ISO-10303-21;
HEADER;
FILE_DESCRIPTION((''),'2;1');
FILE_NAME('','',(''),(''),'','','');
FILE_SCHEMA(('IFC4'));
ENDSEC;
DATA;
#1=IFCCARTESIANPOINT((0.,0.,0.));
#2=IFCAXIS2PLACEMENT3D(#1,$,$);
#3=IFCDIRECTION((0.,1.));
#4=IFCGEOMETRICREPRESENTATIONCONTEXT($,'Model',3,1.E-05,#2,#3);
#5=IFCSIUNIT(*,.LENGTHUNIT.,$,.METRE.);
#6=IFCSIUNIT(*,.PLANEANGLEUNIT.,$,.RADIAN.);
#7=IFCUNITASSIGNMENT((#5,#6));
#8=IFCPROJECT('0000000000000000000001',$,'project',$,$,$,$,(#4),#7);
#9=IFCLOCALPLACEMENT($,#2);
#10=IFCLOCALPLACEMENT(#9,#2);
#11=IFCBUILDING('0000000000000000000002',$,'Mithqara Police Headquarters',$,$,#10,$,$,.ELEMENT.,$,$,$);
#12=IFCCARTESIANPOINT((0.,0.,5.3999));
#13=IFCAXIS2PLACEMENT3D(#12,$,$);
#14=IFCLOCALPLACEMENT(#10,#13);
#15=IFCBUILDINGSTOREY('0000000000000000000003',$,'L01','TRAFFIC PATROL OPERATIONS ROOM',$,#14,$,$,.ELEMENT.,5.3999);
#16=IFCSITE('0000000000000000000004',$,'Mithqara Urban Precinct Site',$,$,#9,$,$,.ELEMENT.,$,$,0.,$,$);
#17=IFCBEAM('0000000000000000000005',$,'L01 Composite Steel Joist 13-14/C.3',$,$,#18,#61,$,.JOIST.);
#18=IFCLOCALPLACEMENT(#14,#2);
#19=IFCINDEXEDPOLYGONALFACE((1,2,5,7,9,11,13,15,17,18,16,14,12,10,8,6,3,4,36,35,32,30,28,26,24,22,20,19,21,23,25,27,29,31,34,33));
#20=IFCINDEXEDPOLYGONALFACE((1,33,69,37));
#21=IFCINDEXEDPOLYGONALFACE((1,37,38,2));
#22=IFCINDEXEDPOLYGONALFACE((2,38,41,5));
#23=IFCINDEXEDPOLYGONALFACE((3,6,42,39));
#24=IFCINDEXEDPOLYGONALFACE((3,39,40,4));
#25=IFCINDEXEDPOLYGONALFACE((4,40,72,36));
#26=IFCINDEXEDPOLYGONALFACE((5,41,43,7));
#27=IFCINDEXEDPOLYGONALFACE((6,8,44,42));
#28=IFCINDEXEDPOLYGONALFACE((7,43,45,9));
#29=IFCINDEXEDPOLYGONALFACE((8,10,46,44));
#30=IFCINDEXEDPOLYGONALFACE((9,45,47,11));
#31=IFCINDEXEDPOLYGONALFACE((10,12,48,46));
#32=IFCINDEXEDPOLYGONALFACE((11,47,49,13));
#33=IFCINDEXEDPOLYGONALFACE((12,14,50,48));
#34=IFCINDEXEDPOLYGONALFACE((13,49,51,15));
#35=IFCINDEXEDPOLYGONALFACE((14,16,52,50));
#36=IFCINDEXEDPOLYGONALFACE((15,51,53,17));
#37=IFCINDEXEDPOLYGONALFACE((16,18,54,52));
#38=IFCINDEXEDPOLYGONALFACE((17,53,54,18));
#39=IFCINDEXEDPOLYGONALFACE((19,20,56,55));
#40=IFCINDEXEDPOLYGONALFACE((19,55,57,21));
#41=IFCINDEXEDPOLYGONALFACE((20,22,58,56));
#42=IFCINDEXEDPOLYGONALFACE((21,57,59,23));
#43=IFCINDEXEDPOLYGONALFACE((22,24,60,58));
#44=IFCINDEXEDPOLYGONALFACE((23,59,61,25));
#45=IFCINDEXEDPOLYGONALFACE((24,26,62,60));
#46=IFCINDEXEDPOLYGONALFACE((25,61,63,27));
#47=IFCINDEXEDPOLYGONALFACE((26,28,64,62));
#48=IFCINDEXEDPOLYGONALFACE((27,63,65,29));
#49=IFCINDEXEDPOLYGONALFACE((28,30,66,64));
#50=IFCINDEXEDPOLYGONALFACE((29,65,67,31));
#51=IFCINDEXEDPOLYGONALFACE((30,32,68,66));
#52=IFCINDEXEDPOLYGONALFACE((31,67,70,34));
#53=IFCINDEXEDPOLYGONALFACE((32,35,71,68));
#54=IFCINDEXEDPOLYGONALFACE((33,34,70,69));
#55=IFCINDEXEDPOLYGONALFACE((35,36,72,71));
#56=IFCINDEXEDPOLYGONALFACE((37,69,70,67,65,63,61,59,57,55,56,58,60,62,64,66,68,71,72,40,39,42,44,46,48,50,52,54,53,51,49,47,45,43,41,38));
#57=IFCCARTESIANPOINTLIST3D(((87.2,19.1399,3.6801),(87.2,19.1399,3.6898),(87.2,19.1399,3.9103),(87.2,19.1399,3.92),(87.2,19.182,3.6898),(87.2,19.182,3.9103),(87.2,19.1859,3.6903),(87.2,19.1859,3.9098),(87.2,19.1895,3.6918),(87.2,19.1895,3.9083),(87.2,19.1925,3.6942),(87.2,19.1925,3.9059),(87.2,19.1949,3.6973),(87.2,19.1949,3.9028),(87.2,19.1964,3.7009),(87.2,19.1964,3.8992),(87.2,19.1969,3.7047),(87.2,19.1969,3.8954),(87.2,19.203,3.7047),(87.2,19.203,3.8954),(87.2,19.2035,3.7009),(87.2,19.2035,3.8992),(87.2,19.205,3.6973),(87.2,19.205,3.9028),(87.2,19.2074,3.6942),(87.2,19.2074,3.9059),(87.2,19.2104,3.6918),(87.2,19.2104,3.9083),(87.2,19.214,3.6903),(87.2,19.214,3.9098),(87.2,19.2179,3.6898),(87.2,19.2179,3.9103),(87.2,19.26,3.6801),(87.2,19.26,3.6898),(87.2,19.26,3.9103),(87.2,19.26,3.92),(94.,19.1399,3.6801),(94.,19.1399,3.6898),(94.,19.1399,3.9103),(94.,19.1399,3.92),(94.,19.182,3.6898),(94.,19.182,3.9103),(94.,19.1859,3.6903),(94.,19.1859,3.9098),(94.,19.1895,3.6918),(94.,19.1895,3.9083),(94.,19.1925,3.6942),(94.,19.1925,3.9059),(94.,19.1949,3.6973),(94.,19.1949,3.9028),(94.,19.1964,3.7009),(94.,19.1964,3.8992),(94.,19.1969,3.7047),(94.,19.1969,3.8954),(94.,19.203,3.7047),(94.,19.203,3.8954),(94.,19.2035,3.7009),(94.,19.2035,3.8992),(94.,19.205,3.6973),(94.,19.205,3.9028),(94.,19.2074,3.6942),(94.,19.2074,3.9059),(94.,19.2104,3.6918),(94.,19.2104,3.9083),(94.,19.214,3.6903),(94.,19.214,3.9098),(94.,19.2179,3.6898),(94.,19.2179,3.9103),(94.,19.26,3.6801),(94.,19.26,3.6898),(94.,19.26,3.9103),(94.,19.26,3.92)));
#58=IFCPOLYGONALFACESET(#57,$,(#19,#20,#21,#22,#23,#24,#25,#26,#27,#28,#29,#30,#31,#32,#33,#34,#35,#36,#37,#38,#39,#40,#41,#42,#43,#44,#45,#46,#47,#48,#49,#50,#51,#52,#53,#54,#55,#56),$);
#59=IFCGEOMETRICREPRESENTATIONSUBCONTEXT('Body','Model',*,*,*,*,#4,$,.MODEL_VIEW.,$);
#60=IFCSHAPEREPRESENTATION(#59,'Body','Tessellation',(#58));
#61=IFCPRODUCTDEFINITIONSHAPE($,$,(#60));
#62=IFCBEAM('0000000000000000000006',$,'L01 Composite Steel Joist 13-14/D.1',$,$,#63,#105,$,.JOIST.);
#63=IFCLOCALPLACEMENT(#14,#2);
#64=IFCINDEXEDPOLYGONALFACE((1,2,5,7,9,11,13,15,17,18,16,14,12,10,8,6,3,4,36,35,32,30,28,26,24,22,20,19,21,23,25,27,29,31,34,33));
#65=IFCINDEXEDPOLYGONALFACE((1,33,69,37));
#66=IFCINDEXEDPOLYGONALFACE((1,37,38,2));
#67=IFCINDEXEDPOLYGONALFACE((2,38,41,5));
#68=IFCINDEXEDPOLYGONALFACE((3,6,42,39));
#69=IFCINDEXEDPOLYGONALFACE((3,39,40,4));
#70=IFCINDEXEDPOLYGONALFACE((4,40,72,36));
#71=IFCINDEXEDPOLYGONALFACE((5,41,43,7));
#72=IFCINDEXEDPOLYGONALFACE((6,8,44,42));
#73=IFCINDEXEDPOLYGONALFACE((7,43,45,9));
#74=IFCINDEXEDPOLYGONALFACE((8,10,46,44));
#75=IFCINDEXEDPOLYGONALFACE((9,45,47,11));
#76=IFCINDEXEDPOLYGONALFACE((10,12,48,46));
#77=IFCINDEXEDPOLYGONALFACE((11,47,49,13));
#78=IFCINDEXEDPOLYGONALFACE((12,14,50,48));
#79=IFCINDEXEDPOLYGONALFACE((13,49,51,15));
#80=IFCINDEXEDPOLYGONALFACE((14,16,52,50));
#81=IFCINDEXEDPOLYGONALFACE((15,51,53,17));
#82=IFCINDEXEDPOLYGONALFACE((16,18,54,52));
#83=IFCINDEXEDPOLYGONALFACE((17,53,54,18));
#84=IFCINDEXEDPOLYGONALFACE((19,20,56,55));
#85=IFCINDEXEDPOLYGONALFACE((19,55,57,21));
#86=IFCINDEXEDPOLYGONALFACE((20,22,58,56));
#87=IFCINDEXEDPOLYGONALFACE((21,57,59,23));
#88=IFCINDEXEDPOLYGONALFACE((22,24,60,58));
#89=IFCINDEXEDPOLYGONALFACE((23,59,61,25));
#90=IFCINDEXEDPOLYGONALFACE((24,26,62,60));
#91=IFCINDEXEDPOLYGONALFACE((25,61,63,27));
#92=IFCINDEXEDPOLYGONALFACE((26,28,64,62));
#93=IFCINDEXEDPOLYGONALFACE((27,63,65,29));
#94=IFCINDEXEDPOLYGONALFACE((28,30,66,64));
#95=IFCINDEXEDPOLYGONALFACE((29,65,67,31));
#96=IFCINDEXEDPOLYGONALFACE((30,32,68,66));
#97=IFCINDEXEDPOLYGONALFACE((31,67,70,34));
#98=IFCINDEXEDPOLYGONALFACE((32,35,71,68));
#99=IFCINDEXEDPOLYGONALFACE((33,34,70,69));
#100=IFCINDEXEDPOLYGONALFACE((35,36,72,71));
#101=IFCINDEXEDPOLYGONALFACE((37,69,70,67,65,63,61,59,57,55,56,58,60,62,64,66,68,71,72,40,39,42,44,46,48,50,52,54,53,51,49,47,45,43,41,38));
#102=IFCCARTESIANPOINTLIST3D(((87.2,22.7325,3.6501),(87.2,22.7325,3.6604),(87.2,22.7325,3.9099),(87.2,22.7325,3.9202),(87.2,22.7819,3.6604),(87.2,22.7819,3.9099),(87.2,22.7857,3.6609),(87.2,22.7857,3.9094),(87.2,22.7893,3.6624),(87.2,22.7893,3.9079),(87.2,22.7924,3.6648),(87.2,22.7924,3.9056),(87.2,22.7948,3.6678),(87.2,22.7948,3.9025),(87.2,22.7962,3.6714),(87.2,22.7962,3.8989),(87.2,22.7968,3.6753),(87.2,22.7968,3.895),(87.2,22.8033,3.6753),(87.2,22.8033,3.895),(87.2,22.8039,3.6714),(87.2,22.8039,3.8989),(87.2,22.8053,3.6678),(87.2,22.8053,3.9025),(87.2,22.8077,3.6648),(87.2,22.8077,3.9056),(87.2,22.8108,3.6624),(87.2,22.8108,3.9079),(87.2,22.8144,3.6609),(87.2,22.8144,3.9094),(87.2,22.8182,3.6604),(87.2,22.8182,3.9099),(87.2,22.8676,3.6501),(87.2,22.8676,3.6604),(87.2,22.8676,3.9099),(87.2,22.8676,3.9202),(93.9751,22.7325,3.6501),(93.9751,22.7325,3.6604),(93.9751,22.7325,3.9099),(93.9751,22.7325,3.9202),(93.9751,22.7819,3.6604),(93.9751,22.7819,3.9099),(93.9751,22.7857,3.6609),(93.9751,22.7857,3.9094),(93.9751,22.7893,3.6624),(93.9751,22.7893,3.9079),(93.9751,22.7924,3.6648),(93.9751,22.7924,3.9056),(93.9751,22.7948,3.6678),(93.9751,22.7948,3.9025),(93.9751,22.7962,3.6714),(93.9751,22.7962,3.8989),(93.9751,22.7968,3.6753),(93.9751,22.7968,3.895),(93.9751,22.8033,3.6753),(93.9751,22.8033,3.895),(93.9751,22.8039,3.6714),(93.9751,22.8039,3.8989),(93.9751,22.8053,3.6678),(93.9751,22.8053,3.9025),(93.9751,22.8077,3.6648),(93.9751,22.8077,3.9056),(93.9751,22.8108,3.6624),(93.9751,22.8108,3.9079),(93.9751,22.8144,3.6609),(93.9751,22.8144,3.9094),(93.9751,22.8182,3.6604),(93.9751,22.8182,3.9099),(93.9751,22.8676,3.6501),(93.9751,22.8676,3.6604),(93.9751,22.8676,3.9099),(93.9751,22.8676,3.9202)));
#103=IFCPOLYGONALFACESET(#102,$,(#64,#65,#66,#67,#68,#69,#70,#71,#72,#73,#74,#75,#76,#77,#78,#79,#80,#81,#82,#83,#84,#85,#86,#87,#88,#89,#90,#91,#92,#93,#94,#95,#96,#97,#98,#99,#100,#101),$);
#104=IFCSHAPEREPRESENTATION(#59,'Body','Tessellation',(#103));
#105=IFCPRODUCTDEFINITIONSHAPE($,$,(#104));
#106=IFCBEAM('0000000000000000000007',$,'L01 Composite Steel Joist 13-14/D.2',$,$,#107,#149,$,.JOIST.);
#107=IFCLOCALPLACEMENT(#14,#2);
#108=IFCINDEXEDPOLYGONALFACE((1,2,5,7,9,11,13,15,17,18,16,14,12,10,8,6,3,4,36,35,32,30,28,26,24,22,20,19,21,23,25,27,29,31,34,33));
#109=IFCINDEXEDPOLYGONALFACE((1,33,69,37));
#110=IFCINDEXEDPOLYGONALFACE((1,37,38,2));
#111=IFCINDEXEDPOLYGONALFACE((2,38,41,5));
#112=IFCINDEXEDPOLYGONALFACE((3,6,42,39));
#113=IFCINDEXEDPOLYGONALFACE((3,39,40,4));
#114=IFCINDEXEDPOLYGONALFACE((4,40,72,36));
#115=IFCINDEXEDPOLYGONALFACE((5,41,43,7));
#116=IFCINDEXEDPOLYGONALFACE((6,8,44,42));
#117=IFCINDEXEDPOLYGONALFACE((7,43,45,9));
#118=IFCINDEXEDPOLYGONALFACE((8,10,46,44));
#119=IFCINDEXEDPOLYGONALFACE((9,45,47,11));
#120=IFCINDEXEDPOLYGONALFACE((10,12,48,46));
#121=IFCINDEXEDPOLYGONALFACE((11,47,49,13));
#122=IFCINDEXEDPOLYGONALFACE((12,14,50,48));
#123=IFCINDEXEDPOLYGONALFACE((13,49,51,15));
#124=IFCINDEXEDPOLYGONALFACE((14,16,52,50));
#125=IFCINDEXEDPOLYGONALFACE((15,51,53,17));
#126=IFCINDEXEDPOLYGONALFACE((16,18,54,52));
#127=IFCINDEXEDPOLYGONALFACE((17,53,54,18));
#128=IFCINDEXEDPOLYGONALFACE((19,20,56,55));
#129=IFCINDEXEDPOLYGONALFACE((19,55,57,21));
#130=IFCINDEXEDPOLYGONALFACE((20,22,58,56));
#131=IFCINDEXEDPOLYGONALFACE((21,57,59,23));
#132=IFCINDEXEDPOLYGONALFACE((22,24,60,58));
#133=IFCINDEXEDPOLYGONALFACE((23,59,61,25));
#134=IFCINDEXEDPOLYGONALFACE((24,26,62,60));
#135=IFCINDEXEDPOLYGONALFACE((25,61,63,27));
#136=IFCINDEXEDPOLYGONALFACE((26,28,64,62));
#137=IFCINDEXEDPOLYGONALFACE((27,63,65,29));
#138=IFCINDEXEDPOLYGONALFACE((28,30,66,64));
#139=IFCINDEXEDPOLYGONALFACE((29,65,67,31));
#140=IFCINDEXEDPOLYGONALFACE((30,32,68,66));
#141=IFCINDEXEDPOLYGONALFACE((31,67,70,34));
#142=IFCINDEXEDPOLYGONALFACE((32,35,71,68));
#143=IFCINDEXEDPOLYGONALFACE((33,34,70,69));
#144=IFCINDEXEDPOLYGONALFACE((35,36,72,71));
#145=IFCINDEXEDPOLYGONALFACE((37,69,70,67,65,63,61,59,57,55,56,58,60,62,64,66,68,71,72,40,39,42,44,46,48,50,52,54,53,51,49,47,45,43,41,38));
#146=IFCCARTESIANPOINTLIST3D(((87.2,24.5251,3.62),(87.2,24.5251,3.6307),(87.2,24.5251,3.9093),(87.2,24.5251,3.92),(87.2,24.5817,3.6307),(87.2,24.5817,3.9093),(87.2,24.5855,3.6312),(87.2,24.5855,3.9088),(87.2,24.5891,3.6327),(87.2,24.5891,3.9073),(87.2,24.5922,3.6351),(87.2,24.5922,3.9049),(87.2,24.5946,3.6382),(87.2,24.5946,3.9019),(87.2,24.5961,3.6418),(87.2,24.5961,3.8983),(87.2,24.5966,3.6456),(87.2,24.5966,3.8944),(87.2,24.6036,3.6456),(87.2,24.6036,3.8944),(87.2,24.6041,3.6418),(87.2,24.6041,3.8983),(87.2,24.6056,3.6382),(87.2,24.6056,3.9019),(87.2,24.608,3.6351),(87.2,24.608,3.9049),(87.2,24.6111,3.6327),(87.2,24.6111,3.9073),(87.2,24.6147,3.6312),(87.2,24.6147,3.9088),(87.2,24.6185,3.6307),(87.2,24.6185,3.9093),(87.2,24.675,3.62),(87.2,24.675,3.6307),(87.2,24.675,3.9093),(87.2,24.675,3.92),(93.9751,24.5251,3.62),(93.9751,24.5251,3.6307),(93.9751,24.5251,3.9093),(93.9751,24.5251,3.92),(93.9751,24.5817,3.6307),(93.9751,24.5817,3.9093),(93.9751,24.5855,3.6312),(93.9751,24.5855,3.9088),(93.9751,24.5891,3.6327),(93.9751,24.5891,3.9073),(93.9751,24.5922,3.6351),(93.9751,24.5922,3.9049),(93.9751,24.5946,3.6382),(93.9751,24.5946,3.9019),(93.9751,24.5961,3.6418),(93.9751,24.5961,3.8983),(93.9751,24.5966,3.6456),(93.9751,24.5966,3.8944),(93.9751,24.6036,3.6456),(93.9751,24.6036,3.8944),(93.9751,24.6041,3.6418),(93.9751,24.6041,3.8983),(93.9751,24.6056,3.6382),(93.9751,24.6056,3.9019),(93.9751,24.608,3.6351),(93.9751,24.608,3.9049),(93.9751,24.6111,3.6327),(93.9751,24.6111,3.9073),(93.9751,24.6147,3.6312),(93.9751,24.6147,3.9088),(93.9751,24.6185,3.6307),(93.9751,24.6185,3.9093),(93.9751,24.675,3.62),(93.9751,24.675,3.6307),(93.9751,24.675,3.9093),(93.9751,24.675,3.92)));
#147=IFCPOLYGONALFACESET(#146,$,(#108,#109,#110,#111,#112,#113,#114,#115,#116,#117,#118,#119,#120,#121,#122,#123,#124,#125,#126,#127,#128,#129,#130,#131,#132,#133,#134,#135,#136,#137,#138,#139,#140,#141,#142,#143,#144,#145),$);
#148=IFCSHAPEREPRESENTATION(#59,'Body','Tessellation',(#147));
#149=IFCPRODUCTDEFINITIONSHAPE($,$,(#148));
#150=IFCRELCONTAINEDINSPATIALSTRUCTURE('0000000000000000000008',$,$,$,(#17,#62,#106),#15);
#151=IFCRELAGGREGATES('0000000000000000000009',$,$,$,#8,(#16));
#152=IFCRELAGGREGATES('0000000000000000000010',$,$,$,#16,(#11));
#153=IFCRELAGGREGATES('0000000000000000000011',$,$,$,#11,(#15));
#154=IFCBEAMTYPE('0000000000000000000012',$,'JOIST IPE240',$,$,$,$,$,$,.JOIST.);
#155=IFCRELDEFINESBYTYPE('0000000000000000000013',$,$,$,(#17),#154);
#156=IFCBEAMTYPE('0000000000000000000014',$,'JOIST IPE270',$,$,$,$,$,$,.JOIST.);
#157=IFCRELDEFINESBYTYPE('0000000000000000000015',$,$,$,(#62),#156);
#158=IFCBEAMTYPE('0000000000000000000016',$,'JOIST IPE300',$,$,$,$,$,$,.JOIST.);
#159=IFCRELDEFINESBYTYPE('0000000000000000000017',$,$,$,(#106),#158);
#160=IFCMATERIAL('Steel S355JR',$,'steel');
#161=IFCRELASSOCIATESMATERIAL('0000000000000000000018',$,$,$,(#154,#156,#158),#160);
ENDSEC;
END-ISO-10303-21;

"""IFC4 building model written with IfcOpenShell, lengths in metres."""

from ifc_helpers import new_model, si_unit, direction, frame, origin, origin_2d, place, context, subcontext, project, spatial, i_section, extrude, material, material_profile, profile_set, type_object, element, save


model = new_model("IFC4")

# Units and contexts
model_context = context("Model", 3, precision=1e-05, world=origin(), true_north=direction((0.0, 1.0)))
body_context = subcontext(model_context, "Body", "Model", "MODEL_VIEW")
ifc_project = project(units=[si_unit("LENGTHUNIT", "METRE"), si_unit("PLANEANGLEUNIT", "RADIAN")], contexts=[model_context])

# Site, building, storey
site_placement = place(None, origin())
site = spatial("IfcSite", under=ifc_project, at=site_placement, Name="Mithqara Urban Precinct Site", CompositionType="ELEMENT", RefElevation=0.0)
building_placement = place(site_placement, origin())
building = spatial("IfcBuilding", under=site, at=building_placement, Name="Mithqara Police Headquarters", CompositionType="ELEMENT")
storey_placement = place(building_placement, frame((0.0, 0.0, 5.3999)))
storey = spatial("IfcBuildingStorey", under=building, at=storey_placement, Name="L01", Description="TRAFFIC PATROL OPERATIONS ROOM", CompositionType="ELEMENT", Elevation=5.3999)

# Shared definitions
ifc_material_1 = material(Name="Steel S355JR", Category="steel")

# Beams
ifc_material_profile_1 = material_profile(ifc_material_1, i_section(OverallWidth=0.1201, OverallDepth=0.24, WebThickness=0.0061, FlangeThickness=0.0098, FilletRadius=0.0149, at=origin_2d()), Name="IPE 240")
ifc_profile_set_1 = profile_set([ifc_material_profile_1], Name="Steel S355JR")
beam_type_1 = type_object("IfcBeamType", Name="JOIST IPE240", PredefinedType="JOIST", material=ifc_profile_set_1)
beam_1_placement = place(storey_placement, frame((87.2, 19.2, 3.8), z_axis=(1.0, 0.0, 0.0), x_axis=(0.0, 1.0, 0.0)))
element("IfcBeam", 1, at=beam_1_placement, inside=storey, type_object=beam_type_1, Name="L01 Composite Steel Joist 13-14/C.3", PredefinedType="JOIST", context=body_context, shape_type="SweptSolid", body=[
    extrude(i_section(OverallWidth=0.1201, OverallDepth=0.24, WebThickness=0.0061, FlangeThickness=0.0098, FilletRadius=0.0149, at=origin_2d()), origin(), (0.0, 0.0, 1.0), 6.8),
])
ifc_material_profile_2 = material_profile(ifc_material_1, i_section(OverallWidth=0.135, OverallDepth=0.27, WebThickness=0.0066, FlangeThickness=0.0103, FilletRadius=0.0149, at=origin_2d()), Name="IPE 270")
ifc_profile_set_2 = profile_set([ifc_material_profile_2], Name="Steel S355JR")
beam_type_2 = type_object("IfcBeamType", Name="JOIST IPE270", PredefinedType="JOIST", material=ifc_profile_set_2)
beam_2_placement = place(storey_placement, frame((87.2, 22.8, 3.7852), z_axis=(1.0, 0.0, 0.0), x_axis=(0.0, 1.0, 0.0)))
element("IfcBeam", 2, at=beam_2_placement, inside=storey, type_object=beam_type_2, Name="L01 Composite Steel Joist 13-14/D.1", PredefinedType="JOIST", context=body_context, shape_type="SweptSolid", body=[
    extrude(i_section(OverallWidth=0.135, OverallDepth=0.27, WebThickness=0.0066, FlangeThickness=0.0103, FilletRadius=0.0149, at=origin_2d()), origin(), (0.0, 0.0, 1.0), 6.7751),
])
ifc_material_profile_3 = material_profile(ifc_material_1, i_section(OverallWidth=0.1499, OverallDepth=0.3, WebThickness=0.0071, FlangeThickness=0.0107, FilletRadius=0.0149, at=origin_2d()), Name="IPE 300")
ifc_profile_set_3 = profile_set([ifc_material_profile_3], Name="Steel S355JR")
beam_type_3 = type_object("IfcBeamType", Name="JOIST IPE300", PredefinedType="JOIST", material=ifc_profile_set_3)
beam_3_placement = place(storey_placement, frame((87.2, 24.6001, 3.77), z_axis=(1.0, 0.0, 0.0), x_axis=(0.0, 1.0, 0.0)))
element("IfcBeam", 3, at=beam_3_placement, inside=storey, type_object=beam_type_3, Name="L01 Composite Steel Joist 13-14/D.2", PredefinedType="JOIST", context=body_context, shape_type="SweptSolid", body=[
    extrude(i_section(OverallWidth=0.1499, OverallDepth=0.3, WebThickness=0.0071, FlangeThickness=0.0107, FilletRadius=0.0149, at=origin_2d()), origin(), (0.0, 0.0, 1.0), 6.7751),
])

save(model, "model.ifc")
